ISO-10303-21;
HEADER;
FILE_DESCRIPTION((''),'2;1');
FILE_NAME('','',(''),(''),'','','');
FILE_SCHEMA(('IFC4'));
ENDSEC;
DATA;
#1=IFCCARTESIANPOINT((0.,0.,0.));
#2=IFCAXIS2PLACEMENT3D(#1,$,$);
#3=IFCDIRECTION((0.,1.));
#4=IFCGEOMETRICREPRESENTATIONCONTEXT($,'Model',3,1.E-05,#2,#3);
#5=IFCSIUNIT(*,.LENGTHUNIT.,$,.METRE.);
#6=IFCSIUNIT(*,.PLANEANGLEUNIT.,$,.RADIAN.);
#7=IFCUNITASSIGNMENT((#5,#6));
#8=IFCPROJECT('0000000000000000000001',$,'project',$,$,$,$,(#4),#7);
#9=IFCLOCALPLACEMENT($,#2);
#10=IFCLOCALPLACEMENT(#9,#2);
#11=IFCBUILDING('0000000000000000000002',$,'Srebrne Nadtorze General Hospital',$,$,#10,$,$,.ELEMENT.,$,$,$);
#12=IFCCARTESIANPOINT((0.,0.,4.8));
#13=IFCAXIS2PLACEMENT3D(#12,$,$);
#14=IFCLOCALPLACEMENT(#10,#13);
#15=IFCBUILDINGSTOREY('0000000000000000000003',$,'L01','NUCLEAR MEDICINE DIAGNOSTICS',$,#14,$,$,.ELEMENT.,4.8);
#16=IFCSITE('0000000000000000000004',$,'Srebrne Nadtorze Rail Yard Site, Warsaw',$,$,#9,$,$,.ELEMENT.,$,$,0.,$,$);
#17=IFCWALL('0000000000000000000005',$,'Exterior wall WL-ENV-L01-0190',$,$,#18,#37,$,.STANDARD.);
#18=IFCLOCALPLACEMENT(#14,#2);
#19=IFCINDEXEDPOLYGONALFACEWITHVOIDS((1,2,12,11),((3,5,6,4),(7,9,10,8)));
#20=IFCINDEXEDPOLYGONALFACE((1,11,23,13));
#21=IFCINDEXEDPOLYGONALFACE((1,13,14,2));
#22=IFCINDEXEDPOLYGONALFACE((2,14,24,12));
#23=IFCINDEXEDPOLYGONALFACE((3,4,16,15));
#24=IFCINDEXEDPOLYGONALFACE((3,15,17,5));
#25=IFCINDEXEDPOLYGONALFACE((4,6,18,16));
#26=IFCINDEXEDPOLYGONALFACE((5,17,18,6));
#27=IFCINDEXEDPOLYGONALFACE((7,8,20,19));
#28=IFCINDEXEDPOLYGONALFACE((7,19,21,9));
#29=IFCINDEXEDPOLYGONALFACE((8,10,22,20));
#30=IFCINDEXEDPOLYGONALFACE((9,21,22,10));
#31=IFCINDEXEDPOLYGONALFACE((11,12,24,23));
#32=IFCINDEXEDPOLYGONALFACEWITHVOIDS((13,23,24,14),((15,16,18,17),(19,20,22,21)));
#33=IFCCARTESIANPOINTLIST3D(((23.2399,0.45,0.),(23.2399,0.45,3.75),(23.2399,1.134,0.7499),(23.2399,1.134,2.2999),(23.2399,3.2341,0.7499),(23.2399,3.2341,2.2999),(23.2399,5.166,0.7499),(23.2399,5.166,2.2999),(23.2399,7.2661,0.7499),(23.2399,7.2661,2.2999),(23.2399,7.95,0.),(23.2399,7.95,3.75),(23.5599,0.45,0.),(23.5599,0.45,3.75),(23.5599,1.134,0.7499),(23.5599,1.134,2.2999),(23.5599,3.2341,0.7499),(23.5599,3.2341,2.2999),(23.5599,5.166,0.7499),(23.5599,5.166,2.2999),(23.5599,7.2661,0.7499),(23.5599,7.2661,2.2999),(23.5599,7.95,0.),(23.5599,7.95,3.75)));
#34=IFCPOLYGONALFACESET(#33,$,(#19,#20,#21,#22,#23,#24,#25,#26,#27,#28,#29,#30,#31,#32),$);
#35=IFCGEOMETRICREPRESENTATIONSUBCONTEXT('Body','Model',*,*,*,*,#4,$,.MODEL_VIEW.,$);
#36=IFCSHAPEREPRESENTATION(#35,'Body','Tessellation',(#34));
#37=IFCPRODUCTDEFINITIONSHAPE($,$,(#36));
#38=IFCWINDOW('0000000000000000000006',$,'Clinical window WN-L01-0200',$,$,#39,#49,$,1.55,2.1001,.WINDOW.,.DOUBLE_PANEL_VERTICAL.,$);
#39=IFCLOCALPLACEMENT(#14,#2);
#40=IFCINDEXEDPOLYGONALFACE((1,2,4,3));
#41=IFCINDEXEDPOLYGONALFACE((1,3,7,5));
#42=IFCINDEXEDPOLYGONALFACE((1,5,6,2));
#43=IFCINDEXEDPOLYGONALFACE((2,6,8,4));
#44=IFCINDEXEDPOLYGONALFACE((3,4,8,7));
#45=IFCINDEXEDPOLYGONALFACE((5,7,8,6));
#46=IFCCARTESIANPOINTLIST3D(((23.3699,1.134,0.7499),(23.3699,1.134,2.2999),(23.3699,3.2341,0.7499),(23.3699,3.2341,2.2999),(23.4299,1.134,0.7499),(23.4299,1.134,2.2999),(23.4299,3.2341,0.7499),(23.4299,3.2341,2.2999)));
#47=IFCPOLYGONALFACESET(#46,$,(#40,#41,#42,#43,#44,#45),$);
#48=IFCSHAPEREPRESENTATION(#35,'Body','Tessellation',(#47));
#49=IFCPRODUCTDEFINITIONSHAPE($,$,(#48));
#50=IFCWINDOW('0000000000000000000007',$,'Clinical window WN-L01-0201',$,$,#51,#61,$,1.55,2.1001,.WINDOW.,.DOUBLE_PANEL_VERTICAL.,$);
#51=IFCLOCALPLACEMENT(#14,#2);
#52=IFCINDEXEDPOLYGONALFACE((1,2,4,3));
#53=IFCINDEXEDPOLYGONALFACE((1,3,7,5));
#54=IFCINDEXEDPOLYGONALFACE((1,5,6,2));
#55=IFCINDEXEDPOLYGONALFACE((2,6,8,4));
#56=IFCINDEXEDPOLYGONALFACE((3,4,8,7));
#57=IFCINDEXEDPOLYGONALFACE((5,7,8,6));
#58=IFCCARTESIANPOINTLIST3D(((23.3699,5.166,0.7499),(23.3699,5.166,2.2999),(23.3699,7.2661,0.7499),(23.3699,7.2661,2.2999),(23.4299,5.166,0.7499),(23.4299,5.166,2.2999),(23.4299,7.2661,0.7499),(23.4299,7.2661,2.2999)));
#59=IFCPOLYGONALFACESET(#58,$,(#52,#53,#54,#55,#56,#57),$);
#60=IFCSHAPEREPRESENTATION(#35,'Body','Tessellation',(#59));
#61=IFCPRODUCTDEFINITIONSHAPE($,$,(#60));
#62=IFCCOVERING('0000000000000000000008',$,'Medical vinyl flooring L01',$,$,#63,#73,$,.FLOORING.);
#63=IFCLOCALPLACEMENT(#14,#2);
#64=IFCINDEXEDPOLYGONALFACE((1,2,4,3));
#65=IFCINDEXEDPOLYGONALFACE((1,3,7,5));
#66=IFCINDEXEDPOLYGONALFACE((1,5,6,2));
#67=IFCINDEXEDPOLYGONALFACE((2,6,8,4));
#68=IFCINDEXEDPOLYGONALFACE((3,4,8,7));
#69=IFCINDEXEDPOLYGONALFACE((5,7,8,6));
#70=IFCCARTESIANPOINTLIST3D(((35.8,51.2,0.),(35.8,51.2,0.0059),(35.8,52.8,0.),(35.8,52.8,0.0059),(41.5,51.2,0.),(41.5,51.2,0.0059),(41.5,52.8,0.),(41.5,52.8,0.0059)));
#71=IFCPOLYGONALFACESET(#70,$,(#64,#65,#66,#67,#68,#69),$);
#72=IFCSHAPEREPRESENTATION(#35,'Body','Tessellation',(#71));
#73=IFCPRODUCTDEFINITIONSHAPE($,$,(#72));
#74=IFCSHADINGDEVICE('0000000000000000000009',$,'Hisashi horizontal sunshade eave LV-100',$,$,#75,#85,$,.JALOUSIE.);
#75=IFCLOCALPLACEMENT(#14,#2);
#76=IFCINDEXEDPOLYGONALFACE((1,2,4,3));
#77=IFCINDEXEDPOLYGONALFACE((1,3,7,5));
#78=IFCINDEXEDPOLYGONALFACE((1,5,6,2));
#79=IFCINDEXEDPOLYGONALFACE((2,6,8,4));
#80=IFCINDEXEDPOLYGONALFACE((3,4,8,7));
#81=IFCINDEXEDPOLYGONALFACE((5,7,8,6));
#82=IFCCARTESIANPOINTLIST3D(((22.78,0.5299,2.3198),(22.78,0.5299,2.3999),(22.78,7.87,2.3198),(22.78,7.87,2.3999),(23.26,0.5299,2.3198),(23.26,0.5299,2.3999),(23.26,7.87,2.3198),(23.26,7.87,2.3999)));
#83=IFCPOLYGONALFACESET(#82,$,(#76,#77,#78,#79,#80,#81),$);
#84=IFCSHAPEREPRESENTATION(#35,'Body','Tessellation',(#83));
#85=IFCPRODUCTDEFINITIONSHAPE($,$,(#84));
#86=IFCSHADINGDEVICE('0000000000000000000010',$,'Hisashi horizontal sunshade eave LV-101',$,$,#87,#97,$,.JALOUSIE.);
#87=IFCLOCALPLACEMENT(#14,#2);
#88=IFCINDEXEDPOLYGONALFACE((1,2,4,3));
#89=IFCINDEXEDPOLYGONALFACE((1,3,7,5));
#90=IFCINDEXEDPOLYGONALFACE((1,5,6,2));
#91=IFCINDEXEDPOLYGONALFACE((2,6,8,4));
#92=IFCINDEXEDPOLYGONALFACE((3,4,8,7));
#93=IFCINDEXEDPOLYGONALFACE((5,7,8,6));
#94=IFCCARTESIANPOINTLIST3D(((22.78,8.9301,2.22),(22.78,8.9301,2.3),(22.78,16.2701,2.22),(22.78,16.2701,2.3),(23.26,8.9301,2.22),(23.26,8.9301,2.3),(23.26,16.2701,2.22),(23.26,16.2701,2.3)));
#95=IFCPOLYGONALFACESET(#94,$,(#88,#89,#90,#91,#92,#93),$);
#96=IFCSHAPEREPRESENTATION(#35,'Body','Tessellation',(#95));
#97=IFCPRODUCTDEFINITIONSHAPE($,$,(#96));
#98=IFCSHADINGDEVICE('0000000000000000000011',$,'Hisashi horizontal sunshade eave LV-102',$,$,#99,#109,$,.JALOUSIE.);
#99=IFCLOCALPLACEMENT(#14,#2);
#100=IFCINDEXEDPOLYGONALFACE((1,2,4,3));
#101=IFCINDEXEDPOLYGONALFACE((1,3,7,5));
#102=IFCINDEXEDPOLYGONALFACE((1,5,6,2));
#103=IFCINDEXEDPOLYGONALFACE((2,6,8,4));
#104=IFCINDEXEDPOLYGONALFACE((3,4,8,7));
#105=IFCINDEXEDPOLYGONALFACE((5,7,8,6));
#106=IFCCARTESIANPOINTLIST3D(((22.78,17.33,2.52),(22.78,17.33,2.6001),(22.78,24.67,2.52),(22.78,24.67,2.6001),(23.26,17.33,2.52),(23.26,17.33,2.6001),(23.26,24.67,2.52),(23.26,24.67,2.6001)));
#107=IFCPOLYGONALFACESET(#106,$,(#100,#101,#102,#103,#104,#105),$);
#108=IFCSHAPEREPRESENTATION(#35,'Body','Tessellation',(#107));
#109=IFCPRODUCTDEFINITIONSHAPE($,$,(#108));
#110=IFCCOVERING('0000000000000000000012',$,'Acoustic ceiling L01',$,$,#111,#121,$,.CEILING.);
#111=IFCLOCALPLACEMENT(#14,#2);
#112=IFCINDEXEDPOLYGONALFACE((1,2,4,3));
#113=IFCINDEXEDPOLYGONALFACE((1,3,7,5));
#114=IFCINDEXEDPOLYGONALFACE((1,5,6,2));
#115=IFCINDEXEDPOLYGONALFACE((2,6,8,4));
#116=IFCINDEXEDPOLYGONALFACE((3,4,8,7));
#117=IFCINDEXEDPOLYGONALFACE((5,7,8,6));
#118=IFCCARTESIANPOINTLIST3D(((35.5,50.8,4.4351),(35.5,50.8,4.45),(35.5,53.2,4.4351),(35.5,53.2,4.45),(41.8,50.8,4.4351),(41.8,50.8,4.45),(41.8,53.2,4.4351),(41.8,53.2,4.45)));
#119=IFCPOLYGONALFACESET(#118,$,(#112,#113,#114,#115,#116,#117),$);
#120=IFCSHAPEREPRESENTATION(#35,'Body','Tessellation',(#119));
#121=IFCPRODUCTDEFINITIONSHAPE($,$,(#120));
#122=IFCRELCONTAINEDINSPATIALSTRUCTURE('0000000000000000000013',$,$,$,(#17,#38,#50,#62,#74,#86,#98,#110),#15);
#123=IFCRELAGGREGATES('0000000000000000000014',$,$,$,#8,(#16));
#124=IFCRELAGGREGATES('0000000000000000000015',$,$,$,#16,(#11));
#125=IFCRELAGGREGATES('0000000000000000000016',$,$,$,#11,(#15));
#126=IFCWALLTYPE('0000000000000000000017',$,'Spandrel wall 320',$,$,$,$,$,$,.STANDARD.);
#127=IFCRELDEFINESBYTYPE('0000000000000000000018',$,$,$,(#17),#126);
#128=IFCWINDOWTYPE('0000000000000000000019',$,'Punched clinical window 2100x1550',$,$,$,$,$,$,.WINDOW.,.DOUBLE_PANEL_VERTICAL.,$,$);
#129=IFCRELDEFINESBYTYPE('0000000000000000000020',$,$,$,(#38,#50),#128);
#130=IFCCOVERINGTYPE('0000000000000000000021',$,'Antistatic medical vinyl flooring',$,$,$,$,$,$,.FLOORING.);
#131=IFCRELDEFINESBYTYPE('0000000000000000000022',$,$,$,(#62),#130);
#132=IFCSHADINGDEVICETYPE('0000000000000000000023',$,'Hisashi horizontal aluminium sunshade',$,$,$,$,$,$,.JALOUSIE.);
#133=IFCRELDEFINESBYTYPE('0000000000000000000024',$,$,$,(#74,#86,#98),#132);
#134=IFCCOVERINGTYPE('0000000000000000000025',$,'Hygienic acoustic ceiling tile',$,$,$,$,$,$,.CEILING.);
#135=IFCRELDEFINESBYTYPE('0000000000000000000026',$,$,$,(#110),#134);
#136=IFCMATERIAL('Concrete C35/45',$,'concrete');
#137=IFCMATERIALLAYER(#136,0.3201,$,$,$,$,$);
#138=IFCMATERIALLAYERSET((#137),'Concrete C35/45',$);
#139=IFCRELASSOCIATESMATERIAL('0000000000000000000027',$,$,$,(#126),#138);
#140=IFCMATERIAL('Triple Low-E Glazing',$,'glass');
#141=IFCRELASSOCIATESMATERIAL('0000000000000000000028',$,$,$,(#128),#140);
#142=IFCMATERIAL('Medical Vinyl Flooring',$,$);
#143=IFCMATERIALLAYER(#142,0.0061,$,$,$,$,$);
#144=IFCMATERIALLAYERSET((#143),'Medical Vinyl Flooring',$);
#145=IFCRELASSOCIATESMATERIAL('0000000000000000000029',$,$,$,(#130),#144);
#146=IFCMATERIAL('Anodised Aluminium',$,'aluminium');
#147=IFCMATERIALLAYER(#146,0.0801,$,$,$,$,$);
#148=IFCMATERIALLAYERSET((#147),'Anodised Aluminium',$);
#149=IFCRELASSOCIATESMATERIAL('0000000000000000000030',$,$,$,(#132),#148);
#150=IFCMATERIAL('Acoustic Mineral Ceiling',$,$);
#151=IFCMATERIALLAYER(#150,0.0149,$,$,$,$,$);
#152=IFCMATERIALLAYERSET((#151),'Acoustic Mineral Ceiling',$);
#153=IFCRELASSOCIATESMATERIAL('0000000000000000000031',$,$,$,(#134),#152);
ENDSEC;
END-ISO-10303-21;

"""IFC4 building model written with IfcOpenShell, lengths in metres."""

from ifc_helpers import new_model, si_unit, direction, frame, frame_2d, origin, origin_2d, place, context, subcontext, project, spatial, polyline, rectangle, outline, extrude, material, layer, layer_set, type_object, element, fill, save


model = new_model("IFC4")

# Units and contexts
model_context = context("Model", 3, precision=1e-05, world=origin(), true_north=direction((0.0, 1.0)))
body_context = subcontext(model_context, "Body", "Model", "MODEL_VIEW")
ifc_project = project(units=[si_unit("LENGTHUNIT", "METRE"), si_unit("PLANEANGLEUNIT", "RADIAN")], contexts=[model_context])

# Site, building, storey
site_placement = place(None, origin())
site = spatial("IfcSite", under=ifc_project, at=site_placement, Name="Srebrne Nadtorze Rail Yard Site, Warsaw", CompositionType="ELEMENT", RefElevation=0.0)
building_placement = place(site_placement, origin())
building = spatial("IfcBuilding", under=site, at=building_placement, Name="Srebrne Nadtorze General Hospital", CompositionType="ELEMENT")
storey_placement = place(building_placement, frame((0.0, 0.0, 4.8)))
storey = spatial("IfcBuildingStorey", under=building, at=storey_placement, Name="L01", Description="NUCLEAR MEDICINE DIAGNOSTICS", CompositionType="ELEMENT", Elevation=4.8)

# Wall, openings, windows
ifc_material_1 = material(Name="Concrete C35/45", Category="concrete")
ifc_layer_1 = layer(ifc_material_1, 0.3201)
ifc_layer_set_1 = layer_set([ifc_layer_1], Name="Concrete C35/45")
wall_type_1 = type_object("IfcWallType", Name="Spandrel wall 320", PredefinedType="STANDARD", material=ifc_layer_set_1)
wall_1_placement = place(storey_placement, frame((23.3999, 0.45, 0.0), z_axis=(0.0, 0.0, 1.0), x_axis=(0.0, 1.0, 0.0)))
wall_1 = element("IfcWall", 1, at=wall_1_placement, inside=storey, type_object=wall_type_1, Name="Exterior wall WL-ENV-L01-0190", PredefinedType="STANDARD", context=body_context, shape_type="SweptSolid", body=[
    extrude(rectangle(XDim=7.5, YDim=0.3201, at=frame_2d((3.75, 0.0))), origin(), (0.0, 0.0, 1.0), 3.75),
])
opening_1_placement = place(wall_1_placement, frame((0.6841, 0.0, 0.75)))
opening_1 = element("IfcOpeningElement", 2, at=opening_1_placement, cuts=wall_1, PredefinedType="OPENING", context=body_context, shape_type="SweptSolid", body=[
    extrude(rectangle(XDim=2.1001, YDim=1.55, at=frame_2d((1.05, 0.7749))), frame((0.0, 0.1719, 0.0), z_axis=(0.0, -1.0, 0.0), x_axis=(1.0, 0.0, 0.0)), (0.0, 0.0, 1.0), 0.344),
])
opening_2_placement = place(wall_1_placement, frame((4.7161, 0.0, 0.75)))
opening_2 = element("IfcOpeningElement", 3, at=opening_2_placement, cuts=wall_1, PredefinedType="OPENING", context=body_context, shape_type="SweptSolid", body=[
    extrude(rectangle(XDim=2.1001, YDim=1.55, at=frame_2d((1.05, 0.7749))), frame((0.0, 0.1719, 0.0), z_axis=(0.0, -1.0, 0.0), x_axis=(1.0, 0.0, 0.0)), (0.0, 0.0, 1.0), 0.344),
])
ifc_material_2 = material(Name="Triple Low-E Glazing", Category="glass")
window_type = type_object("IfcWindowType", Name="Punched clinical window 2100x1550", PartitioningType="DOUBLE_PANEL_VERTICAL", PredefinedType="WINDOW", material=ifc_material_2)
window_1_placement = place(opening_1_placement, origin())
window_1 = element("IfcWindow", 4, at=window_1_placement, inside=storey, type_object=window_type, Name="Clinical window WN-L01-0200", OverallHeight=1.55, OverallWidth=2.1001, PartitioningType="DOUBLE_PANEL_VERTICAL", PredefinedType="WINDOW", context=body_context, shape_type="SweptSolid", body=[
    extrude(rectangle(XDim=2.1001, YDim=1.55, at=frame_2d((1.05, 0.7749))), frame((0.0, 0.03, 0.0), z_axis=(0.0, -1.0, 0.0), x_axis=(1.0, 0.0, 0.0)), (0.0, 0.0, 1.0), 0.0601),
])
fill(opening_1, window_1)
window_2_placement = place(opening_2_placement, origin())
window_2 = element("IfcWindow", 5, at=window_2_placement, inside=storey, type_object=window_type, Name="Clinical window WN-L01-0201", OverallHeight=1.55, OverallWidth=2.1001, PartitioningType="DOUBLE_PANEL_VERTICAL", PredefinedType="WINDOW", context=body_context, shape_type="SweptSolid", body=[
    extrude(rectangle(XDim=2.1001, YDim=1.55, at=frame_2d((1.05, 0.7749))), frame((0.0, 0.03, 0.0), z_axis=(0.0, -1.0, 0.0), x_axis=(1.0, 0.0, 0.0)), (0.0, 0.0, 1.0), 0.0601),
])
fill(opening_2, window_2)

# Covering
ifc_material_3 = material(Name="Medical Vinyl Flooring")
ifc_layer_2 = layer(ifc_material_3, 0.0061)
ifc_layer_set_2 = layer_set([ifc_layer_2], Name="Medical Vinyl Flooring")
covering_type_1 = type_object("IfcCoveringType", Name="Antistatic medical vinyl flooring", PredefinedType="FLOORING", material=ifc_layer_set_2)
covering_1_placement = place(storey_placement, origin())
element("IfcCovering", 6, at=covering_1_placement, inside=storey, type_object=covering_type_1, Name="Medical vinyl flooring L01", PredefinedType="FLOORING", context=body_context, shape_type="SweptSolid", body=[
    extrude(outline(polyline([(35.8, 51.2), (41.5, 51.2), (41.5, 52.8), (35.8, 52.8), (35.8, 51.2)])), origin(), (0.0, 0.0, 1.0), 0.0059),
])

# Shading devices
ifc_material_4 = material(Name="Anodised Aluminium", Category="aluminium")
ifc_layer_3 = layer(ifc_material_4, 0.0801)
ifc_layer_set_3 = layer_set([ifc_layer_3], Name="Anodised Aluminium")
shading_device_type = type_object("IfcShadingDeviceType", Name="Hisashi horizontal aluminium sunshade", PredefinedType="JALOUSIE", material=ifc_layer_set_3)
for number, where, z_axis, x_axis, name in (
    (7, (23.02, 4.2, 2.3198), (0.0, 0.0, 1.0), (1.0, 0.0, 0.0), "Hisashi horizontal sunshade eave LV-100"),
    (8, (23.02, 12.6001, 2.22), (0.0, 0.0, 1.0), (1.0, 0.0, 0.0), "Hisashi horizontal sunshade eave LV-101"),
    (9, (23.02, 21.0, 2.52), (0.0, 0.0, 1.0), (1.0, 0.0, 0.0), "Hisashi horizontal sunshade eave LV-102"),
):
    element("IfcShadingDevice", number, at=place(storey_placement, frame(where, z_axis=z_axis, x_axis=x_axis)), inside=storey, type_object=shading_device_type, Name=name, PredefinedType="JALOUSIE", context=body_context, shape_type="SweptSolid", body=[
        extrude(rectangle(XDim=0.48, YDim=7.3401, at=origin_2d()), origin(), (0.0, 0.0, 1.0), 0.0801),
    ])

# Covering
ifc_material_5 = material(Name="Acoustic Mineral Ceiling")
ifc_layer_4 = layer(ifc_material_5, 0.0149)
ifc_layer_set_4 = layer_set([ifc_layer_4], Name="Acoustic Mineral Ceiling")
covering_type_2 = type_object("IfcCoveringType", Name="Hygienic acoustic ceiling tile", PredefinedType="CEILING", material=ifc_layer_set_4)
covering_2_placement = place(storey_placement, frame((0.0, 0.0, 4.4351)))
element("IfcCovering", 10, at=covering_2_placement, inside=storey, type_object=covering_type_2, Name="Acoustic ceiling L01", PredefinedType="CEILING", context=body_context, shape_type="SweptSolid", body=[
    extrude(outline(polyline([(35.5, 50.8), (41.8, 50.8), (41.8, 53.2), (35.5, 53.2), (35.5, 50.8)])), origin(), (0.0, 0.0, 1.0), 0.0149),
])

save(model, "model.ifc")
